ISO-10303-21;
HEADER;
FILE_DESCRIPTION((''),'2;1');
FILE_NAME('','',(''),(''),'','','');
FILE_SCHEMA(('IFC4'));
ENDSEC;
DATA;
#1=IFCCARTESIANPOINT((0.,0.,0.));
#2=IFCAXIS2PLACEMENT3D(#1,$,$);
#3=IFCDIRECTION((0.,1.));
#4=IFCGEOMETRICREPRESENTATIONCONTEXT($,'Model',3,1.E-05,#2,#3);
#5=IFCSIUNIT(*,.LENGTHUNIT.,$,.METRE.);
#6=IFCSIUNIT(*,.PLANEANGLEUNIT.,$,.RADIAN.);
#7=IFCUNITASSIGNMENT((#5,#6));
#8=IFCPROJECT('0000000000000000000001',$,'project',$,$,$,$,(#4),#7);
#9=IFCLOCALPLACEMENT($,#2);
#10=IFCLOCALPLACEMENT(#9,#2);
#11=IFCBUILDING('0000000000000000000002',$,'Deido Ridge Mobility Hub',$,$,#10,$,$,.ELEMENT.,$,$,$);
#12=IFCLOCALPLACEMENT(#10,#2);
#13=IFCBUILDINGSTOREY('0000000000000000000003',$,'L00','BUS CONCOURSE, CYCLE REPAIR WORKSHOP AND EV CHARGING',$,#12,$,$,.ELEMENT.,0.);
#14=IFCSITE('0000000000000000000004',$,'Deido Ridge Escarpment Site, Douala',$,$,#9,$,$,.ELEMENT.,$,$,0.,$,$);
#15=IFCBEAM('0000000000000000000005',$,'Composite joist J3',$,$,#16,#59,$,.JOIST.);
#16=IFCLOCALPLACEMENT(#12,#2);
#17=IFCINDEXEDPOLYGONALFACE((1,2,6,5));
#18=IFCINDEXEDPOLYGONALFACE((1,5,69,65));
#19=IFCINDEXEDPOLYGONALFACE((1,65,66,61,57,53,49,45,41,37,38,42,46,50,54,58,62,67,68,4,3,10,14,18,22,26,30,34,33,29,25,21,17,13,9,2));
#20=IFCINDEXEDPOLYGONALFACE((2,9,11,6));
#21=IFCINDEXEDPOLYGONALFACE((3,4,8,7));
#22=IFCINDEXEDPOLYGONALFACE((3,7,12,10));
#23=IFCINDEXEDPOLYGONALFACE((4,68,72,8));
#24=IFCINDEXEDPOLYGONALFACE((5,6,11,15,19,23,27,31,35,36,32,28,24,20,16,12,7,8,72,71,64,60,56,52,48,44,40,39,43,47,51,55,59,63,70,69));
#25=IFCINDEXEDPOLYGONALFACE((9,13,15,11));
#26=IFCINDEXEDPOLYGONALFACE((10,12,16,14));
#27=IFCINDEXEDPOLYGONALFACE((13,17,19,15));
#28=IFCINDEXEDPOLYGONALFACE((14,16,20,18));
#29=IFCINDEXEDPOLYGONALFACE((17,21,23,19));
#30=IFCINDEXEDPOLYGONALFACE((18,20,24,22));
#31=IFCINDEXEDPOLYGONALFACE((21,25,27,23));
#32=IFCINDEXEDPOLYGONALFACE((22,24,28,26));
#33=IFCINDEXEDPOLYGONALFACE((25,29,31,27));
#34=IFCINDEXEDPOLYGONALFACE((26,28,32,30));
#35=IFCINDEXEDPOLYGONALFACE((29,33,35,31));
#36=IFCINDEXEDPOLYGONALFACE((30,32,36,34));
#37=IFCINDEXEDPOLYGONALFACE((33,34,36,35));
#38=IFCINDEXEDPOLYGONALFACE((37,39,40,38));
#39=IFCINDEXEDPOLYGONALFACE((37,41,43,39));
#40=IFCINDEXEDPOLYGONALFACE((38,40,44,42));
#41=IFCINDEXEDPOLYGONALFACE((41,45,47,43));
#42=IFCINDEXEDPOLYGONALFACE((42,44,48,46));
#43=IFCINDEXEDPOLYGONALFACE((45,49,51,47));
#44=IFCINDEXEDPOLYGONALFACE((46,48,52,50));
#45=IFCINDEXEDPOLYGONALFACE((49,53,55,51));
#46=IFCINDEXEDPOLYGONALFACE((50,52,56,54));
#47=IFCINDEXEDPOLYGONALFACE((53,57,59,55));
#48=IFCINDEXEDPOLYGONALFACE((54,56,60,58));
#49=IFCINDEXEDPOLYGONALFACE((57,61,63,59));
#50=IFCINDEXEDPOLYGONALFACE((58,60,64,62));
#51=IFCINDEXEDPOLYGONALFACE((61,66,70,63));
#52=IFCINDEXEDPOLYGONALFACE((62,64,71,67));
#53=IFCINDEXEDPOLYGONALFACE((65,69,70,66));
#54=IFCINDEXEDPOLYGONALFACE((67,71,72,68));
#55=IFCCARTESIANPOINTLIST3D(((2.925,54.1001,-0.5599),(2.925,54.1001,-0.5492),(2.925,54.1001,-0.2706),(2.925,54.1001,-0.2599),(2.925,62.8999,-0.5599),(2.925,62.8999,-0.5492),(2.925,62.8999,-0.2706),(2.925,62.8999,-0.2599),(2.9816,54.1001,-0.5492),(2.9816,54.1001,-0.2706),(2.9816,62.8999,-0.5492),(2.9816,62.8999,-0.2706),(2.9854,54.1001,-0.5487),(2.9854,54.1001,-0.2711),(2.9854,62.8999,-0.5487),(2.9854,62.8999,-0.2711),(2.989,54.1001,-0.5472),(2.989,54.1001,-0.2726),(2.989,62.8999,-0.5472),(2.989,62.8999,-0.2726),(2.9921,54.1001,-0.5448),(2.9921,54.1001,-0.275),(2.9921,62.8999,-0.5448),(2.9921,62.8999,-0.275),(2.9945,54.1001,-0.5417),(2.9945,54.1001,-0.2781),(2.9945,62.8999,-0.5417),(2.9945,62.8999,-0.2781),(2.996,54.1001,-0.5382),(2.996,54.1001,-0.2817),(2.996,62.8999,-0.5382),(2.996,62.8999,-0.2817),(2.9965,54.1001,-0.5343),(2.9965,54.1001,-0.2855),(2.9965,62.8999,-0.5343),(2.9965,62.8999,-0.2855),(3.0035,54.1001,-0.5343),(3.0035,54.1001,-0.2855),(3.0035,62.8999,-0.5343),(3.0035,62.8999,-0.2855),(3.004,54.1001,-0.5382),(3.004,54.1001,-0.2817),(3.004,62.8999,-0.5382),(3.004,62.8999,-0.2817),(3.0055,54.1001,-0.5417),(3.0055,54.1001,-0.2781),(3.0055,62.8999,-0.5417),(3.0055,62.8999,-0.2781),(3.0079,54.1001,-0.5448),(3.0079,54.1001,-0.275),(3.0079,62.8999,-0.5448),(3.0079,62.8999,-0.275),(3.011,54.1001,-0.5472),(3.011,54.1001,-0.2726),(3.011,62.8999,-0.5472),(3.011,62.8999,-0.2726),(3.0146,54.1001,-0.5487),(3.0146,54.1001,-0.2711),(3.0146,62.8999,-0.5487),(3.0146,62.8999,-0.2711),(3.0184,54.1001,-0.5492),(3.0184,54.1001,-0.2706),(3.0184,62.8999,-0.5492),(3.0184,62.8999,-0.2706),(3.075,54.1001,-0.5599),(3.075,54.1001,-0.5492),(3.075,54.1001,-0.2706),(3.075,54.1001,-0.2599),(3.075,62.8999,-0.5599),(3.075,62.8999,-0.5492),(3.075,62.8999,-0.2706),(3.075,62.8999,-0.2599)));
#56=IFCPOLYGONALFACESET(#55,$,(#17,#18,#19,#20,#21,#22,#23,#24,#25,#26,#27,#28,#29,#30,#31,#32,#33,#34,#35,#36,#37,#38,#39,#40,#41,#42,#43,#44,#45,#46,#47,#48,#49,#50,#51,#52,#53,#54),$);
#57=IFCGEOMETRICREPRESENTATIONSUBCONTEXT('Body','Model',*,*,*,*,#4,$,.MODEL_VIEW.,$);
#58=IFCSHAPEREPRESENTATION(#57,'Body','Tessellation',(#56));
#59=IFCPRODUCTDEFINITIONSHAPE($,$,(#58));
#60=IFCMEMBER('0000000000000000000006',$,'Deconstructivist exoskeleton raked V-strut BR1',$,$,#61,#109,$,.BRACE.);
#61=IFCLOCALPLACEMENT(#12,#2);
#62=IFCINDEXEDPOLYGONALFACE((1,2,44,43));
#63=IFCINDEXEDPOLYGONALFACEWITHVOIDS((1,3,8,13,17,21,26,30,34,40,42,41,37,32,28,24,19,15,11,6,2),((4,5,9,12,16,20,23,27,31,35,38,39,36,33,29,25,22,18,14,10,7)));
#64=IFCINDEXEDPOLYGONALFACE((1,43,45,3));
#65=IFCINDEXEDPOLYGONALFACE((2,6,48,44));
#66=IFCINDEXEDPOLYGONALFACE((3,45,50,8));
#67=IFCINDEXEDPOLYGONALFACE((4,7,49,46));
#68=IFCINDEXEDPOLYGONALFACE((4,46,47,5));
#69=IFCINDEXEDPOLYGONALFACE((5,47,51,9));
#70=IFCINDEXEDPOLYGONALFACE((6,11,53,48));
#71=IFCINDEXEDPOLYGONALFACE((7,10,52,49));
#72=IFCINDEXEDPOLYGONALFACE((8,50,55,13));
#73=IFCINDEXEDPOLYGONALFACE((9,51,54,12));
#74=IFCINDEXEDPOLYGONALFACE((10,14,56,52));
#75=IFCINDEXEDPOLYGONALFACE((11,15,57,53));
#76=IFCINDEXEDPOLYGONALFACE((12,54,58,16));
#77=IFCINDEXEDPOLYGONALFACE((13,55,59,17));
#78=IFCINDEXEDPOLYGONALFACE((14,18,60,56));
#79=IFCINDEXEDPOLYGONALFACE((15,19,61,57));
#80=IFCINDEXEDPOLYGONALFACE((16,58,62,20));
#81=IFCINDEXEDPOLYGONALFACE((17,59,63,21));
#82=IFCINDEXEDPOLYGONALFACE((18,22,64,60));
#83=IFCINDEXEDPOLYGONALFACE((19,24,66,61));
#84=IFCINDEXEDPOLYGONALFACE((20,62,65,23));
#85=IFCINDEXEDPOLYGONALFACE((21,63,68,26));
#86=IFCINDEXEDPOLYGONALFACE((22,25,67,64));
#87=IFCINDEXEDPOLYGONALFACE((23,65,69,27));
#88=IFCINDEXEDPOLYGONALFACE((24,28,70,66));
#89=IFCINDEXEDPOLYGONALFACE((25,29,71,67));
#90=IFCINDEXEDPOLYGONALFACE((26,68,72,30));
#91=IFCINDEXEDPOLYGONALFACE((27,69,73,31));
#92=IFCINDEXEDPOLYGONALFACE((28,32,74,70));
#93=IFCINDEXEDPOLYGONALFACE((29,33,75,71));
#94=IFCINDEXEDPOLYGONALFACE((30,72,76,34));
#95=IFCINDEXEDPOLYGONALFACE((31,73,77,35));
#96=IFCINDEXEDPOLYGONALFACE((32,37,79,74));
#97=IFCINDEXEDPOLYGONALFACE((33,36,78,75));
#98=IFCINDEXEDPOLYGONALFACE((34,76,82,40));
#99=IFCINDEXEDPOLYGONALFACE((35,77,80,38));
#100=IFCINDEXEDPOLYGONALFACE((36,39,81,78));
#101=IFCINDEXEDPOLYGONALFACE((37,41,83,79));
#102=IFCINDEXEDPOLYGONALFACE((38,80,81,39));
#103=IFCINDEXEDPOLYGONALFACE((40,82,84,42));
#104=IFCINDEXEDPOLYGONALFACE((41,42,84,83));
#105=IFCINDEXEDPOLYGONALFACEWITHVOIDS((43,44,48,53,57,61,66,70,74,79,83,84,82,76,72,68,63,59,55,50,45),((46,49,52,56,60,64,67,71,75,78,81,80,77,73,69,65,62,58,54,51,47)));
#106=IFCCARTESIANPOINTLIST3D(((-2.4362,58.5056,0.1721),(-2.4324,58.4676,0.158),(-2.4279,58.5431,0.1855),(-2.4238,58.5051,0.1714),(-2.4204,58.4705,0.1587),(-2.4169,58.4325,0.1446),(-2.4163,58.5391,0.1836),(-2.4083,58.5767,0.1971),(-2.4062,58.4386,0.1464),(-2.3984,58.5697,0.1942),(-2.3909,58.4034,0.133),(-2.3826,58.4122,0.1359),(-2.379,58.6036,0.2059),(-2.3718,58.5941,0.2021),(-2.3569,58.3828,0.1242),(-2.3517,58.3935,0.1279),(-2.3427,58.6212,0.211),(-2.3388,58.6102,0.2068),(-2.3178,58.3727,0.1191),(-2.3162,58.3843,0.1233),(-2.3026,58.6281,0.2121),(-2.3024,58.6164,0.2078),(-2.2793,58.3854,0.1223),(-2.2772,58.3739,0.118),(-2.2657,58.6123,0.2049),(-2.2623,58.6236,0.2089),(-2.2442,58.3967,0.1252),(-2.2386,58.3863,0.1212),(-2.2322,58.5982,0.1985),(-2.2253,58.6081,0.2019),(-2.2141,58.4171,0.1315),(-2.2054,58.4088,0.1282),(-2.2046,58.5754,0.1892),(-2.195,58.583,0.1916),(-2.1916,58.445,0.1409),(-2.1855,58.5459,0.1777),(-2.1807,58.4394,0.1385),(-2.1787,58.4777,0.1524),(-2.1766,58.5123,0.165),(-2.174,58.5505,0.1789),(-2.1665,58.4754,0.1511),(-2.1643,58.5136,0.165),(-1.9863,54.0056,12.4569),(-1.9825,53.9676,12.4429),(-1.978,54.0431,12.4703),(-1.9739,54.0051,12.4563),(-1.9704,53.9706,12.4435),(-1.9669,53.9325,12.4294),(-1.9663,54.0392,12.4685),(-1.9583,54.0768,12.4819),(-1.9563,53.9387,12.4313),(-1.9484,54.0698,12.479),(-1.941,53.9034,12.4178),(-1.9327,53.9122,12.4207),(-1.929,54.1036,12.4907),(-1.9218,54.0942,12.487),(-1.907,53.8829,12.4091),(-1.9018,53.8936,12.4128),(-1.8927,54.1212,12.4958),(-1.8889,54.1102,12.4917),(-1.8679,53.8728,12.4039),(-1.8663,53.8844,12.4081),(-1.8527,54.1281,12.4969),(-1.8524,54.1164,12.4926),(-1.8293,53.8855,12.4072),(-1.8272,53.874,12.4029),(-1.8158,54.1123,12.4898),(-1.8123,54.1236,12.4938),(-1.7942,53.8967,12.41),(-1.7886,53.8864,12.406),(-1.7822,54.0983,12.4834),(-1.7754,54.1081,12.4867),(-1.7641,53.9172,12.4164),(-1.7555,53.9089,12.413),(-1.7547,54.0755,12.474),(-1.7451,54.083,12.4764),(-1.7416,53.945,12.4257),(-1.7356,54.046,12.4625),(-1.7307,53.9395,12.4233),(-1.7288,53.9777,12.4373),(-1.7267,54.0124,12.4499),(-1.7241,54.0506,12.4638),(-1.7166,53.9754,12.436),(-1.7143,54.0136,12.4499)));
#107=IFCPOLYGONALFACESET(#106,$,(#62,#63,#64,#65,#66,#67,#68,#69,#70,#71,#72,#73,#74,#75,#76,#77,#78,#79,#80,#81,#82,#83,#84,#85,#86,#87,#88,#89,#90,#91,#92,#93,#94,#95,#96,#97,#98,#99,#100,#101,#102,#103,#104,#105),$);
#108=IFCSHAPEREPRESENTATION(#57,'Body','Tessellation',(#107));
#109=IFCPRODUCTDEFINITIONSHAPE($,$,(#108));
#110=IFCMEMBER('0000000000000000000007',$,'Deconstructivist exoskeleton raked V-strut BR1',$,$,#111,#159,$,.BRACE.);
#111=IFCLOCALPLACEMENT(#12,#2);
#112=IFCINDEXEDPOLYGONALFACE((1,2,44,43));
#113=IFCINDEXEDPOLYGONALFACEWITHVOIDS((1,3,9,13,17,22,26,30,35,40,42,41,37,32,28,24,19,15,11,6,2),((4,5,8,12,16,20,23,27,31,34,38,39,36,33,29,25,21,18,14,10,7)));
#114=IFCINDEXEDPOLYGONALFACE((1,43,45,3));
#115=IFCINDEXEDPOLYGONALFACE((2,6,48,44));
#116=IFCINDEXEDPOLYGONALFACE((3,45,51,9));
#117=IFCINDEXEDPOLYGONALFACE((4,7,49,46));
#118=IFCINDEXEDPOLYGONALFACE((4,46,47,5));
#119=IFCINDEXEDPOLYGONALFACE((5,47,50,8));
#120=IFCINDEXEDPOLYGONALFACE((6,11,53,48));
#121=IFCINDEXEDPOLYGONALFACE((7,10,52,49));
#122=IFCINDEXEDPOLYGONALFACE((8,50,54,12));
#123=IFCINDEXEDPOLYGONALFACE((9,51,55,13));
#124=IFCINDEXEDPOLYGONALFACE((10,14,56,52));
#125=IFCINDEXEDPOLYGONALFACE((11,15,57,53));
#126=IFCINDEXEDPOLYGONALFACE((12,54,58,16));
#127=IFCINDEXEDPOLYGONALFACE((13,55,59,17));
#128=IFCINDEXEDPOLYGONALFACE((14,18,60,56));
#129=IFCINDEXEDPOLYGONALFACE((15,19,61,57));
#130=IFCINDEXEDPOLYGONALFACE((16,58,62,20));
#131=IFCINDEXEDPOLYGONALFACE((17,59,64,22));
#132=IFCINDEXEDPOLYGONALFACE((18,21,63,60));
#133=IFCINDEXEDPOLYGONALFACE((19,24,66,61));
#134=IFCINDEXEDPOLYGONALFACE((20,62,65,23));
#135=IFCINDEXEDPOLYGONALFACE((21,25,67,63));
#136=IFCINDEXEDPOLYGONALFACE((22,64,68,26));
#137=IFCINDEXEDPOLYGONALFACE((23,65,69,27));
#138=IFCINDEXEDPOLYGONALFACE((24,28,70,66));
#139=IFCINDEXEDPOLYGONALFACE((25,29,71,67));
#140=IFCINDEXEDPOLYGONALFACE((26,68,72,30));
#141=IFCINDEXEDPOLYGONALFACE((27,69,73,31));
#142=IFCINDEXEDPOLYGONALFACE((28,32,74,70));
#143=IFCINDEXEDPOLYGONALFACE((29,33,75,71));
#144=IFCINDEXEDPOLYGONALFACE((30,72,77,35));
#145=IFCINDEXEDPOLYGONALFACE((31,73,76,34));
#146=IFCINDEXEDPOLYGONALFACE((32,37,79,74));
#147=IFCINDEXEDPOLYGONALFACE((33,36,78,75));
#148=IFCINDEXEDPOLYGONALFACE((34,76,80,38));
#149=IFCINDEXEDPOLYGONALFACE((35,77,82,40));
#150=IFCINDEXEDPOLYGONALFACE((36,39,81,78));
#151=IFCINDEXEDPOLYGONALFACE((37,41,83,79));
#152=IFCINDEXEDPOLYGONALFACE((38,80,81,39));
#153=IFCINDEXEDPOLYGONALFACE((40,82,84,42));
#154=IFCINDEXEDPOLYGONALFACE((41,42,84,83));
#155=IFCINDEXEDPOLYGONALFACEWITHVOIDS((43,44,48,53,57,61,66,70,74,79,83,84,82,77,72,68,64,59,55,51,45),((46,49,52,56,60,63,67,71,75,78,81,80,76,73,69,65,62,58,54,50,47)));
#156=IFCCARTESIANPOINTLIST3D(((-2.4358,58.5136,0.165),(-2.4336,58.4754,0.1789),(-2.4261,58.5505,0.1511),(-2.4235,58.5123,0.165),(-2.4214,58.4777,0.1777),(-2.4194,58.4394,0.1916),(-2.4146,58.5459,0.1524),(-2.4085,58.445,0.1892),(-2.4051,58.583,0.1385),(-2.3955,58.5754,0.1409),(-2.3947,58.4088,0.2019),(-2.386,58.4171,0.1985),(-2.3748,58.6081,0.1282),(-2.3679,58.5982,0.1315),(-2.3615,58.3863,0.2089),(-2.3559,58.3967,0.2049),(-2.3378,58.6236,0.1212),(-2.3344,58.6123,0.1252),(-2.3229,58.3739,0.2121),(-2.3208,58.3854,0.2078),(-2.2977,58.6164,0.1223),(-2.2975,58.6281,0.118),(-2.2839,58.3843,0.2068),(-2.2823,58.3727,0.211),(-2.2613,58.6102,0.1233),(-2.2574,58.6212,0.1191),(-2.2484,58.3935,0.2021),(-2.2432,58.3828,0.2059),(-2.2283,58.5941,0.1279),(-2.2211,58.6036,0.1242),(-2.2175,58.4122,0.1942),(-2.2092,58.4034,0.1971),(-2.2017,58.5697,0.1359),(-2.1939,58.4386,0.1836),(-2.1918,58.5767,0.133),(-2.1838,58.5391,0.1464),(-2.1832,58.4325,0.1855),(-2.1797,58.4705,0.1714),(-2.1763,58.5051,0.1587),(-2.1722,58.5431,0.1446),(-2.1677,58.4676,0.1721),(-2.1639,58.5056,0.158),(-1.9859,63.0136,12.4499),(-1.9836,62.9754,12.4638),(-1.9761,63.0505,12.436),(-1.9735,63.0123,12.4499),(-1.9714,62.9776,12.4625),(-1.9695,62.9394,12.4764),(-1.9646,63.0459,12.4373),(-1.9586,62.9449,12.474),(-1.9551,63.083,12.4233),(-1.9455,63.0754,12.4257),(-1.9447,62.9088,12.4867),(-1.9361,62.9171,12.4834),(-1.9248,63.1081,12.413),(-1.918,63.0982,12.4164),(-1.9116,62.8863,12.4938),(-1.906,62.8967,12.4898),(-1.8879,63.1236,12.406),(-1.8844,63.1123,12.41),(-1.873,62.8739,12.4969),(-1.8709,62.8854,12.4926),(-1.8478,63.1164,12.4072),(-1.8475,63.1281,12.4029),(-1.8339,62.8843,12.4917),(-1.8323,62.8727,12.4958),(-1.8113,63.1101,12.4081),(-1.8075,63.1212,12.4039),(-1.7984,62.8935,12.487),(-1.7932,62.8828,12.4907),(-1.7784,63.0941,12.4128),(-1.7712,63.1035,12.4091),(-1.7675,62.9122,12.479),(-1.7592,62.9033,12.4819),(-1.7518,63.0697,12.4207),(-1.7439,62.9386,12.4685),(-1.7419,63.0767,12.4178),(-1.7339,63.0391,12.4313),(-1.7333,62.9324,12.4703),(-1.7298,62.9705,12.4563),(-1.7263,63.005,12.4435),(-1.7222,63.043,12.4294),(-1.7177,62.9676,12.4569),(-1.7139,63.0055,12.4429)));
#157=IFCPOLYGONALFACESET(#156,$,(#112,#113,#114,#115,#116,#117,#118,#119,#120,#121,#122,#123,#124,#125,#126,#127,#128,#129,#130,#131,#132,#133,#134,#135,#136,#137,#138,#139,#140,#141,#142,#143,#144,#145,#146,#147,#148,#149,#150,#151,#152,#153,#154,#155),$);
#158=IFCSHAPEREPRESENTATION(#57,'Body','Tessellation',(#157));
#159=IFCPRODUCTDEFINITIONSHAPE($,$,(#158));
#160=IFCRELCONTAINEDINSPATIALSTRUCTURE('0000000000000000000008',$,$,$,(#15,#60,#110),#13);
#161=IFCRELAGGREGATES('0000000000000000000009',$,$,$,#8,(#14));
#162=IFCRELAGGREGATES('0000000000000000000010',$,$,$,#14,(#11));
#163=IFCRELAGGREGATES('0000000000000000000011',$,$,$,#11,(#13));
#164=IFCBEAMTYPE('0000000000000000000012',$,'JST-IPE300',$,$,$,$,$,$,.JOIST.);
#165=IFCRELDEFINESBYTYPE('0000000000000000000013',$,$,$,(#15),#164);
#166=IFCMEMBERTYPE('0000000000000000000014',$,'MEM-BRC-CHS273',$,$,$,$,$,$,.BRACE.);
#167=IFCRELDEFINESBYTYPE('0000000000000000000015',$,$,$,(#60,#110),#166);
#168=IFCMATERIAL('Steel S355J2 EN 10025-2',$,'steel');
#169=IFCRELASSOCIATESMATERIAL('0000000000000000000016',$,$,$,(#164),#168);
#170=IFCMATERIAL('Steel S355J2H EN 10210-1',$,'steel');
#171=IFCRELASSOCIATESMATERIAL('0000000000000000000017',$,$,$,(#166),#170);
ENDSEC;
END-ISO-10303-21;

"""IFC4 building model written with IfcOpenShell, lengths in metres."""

from ifc_helpers import new_model, si_unit, direction, frame, origin, origin_2d, place, context, subcontext, project, spatial, hollow_circle, i_section, extrude, material, material_profile, profile_set, type_object, element, save


model = new_model("IFC4")

# Units and contexts
model_context = context("Model", 3, precision=1e-05, world=origin(), true_north=direction((0.0, 1.0)))
body_context = subcontext(model_context, "Body", "Model", "MODEL_VIEW")
ifc_project = project(units=[si_unit("LENGTHUNIT", "METRE"), si_unit("PLANEANGLEUNIT", "RADIAN")], contexts=[model_context])

# Site, building, storey
site_placement = place(None, origin())
site = spatial("IfcSite", under=ifc_project, at=site_placement, Name="Deido Ridge Escarpment Site, Douala", CompositionType="ELEMENT", RefElevation=0.0)
building_placement = place(site_placement, origin())
building = spatial("IfcBuilding", under=site, at=building_placement, Name="Deido Ridge Mobility Hub", CompositionType="ELEMENT")
storey_placement = place(building_placement, origin())
storey = spatial("IfcBuildingStorey", under=building, at=storey_placement, Name="L00", Description="BUS CONCOURSE, CYCLE REPAIR WORKSHOP AND EV CHARGING", CompositionType="ELEMENT", Elevation=0.0)

# Shared definitions
ifc_material_1 = material(Name="Steel S355J2 EN 10025-2", Category="steel")

# Beam
ifc_material_profile_1 = material_profile(ifc_material_1, i_section(OverallWidth=0.1499, OverallDepth=0.3, WebThickness=0.0071, FlangeThickness=0.0107, FilletRadius=0.0149, at=origin_2d()), Name="IPE 300")
ifc_profile_set_1 = profile_set([ifc_material_profile_1], Name="Steel S355J2 EN 10025-2")
beam_type_1 = type_object("IfcBeamType", Name="JST-IPE300", PredefinedType="JOIST", material=ifc_profile_set_1)
beam_1_placement = place(storey_placement, frame((3.0, 54.1001, -0.4099), z_axis=(0.0, 1.0, 0.0), x_axis=(-1.0, 0.0, 0.0)))
element("IfcBeam", 1, at=beam_1_placement, inside=storey, type_object=beam_type_1, Name="Composite joist J3", PredefinedType="JOIST", context=body_context, shape_type="SweptSolid", body=[
    extrude(i_section(OverallWidth=0.1499, OverallDepth=0.3, WebThickness=0.0071, FlangeThickness=0.0107, FilletRadius=0.0149, at=origin_2d()), origin(), (0.0, 0.0, 1.0), 8.7998),
])

# Members
ifc_material_2 = material(Name="Steel S355J2H EN 10210-1", Category="steel")
ifc_material_profile_2 = material_profile(ifc_material_2, hollow_circle(Radius=0.1365, WallThickness=0.0125, at=origin_2d()), Name="CHS 273x12.5")
ifc_profile_set_2 = profile_set([ifc_material_profile_2], Name="Steel S355J2H EN 10210-1")
member_type = type_object("IfcMemberType", Name="MEM-BRC-CHS273", PredefinedType="BRACE", material=ifc_profile_set_2)
for number, where, z_axis, x_axis, name in (
    (2, (-2.3, 58.5, 0.165), (0.034371, -0.34375, 0.938432), (0.995038, 0.099493, 0.0), "Deconstructivist exoskeleton raked V-strut BR1"),
    (3, (-2.3, 58.5, 0.165), (0.034371, 0.34375, 0.938432), (-0.995038, 0.099493, 0.0), "Deconstructivist exoskeleton raked V-strut BR1"),
):
    element("IfcMember", number, at=place(storey_placement, frame(where, z_axis=z_axis, x_axis=x_axis)), inside=storey, type_object=member_type, Name=name, PredefinedType="BRACE", context=body_context, shape_type="SweptSolid", body=[
        extrude(hollow_circle(Radius=0.1365, WallThickness=0.0125, at=origin_2d()), origin(), (0.0, 0.0, 1.0), 13.0908),
    ])

save(model, "model.ifc")
